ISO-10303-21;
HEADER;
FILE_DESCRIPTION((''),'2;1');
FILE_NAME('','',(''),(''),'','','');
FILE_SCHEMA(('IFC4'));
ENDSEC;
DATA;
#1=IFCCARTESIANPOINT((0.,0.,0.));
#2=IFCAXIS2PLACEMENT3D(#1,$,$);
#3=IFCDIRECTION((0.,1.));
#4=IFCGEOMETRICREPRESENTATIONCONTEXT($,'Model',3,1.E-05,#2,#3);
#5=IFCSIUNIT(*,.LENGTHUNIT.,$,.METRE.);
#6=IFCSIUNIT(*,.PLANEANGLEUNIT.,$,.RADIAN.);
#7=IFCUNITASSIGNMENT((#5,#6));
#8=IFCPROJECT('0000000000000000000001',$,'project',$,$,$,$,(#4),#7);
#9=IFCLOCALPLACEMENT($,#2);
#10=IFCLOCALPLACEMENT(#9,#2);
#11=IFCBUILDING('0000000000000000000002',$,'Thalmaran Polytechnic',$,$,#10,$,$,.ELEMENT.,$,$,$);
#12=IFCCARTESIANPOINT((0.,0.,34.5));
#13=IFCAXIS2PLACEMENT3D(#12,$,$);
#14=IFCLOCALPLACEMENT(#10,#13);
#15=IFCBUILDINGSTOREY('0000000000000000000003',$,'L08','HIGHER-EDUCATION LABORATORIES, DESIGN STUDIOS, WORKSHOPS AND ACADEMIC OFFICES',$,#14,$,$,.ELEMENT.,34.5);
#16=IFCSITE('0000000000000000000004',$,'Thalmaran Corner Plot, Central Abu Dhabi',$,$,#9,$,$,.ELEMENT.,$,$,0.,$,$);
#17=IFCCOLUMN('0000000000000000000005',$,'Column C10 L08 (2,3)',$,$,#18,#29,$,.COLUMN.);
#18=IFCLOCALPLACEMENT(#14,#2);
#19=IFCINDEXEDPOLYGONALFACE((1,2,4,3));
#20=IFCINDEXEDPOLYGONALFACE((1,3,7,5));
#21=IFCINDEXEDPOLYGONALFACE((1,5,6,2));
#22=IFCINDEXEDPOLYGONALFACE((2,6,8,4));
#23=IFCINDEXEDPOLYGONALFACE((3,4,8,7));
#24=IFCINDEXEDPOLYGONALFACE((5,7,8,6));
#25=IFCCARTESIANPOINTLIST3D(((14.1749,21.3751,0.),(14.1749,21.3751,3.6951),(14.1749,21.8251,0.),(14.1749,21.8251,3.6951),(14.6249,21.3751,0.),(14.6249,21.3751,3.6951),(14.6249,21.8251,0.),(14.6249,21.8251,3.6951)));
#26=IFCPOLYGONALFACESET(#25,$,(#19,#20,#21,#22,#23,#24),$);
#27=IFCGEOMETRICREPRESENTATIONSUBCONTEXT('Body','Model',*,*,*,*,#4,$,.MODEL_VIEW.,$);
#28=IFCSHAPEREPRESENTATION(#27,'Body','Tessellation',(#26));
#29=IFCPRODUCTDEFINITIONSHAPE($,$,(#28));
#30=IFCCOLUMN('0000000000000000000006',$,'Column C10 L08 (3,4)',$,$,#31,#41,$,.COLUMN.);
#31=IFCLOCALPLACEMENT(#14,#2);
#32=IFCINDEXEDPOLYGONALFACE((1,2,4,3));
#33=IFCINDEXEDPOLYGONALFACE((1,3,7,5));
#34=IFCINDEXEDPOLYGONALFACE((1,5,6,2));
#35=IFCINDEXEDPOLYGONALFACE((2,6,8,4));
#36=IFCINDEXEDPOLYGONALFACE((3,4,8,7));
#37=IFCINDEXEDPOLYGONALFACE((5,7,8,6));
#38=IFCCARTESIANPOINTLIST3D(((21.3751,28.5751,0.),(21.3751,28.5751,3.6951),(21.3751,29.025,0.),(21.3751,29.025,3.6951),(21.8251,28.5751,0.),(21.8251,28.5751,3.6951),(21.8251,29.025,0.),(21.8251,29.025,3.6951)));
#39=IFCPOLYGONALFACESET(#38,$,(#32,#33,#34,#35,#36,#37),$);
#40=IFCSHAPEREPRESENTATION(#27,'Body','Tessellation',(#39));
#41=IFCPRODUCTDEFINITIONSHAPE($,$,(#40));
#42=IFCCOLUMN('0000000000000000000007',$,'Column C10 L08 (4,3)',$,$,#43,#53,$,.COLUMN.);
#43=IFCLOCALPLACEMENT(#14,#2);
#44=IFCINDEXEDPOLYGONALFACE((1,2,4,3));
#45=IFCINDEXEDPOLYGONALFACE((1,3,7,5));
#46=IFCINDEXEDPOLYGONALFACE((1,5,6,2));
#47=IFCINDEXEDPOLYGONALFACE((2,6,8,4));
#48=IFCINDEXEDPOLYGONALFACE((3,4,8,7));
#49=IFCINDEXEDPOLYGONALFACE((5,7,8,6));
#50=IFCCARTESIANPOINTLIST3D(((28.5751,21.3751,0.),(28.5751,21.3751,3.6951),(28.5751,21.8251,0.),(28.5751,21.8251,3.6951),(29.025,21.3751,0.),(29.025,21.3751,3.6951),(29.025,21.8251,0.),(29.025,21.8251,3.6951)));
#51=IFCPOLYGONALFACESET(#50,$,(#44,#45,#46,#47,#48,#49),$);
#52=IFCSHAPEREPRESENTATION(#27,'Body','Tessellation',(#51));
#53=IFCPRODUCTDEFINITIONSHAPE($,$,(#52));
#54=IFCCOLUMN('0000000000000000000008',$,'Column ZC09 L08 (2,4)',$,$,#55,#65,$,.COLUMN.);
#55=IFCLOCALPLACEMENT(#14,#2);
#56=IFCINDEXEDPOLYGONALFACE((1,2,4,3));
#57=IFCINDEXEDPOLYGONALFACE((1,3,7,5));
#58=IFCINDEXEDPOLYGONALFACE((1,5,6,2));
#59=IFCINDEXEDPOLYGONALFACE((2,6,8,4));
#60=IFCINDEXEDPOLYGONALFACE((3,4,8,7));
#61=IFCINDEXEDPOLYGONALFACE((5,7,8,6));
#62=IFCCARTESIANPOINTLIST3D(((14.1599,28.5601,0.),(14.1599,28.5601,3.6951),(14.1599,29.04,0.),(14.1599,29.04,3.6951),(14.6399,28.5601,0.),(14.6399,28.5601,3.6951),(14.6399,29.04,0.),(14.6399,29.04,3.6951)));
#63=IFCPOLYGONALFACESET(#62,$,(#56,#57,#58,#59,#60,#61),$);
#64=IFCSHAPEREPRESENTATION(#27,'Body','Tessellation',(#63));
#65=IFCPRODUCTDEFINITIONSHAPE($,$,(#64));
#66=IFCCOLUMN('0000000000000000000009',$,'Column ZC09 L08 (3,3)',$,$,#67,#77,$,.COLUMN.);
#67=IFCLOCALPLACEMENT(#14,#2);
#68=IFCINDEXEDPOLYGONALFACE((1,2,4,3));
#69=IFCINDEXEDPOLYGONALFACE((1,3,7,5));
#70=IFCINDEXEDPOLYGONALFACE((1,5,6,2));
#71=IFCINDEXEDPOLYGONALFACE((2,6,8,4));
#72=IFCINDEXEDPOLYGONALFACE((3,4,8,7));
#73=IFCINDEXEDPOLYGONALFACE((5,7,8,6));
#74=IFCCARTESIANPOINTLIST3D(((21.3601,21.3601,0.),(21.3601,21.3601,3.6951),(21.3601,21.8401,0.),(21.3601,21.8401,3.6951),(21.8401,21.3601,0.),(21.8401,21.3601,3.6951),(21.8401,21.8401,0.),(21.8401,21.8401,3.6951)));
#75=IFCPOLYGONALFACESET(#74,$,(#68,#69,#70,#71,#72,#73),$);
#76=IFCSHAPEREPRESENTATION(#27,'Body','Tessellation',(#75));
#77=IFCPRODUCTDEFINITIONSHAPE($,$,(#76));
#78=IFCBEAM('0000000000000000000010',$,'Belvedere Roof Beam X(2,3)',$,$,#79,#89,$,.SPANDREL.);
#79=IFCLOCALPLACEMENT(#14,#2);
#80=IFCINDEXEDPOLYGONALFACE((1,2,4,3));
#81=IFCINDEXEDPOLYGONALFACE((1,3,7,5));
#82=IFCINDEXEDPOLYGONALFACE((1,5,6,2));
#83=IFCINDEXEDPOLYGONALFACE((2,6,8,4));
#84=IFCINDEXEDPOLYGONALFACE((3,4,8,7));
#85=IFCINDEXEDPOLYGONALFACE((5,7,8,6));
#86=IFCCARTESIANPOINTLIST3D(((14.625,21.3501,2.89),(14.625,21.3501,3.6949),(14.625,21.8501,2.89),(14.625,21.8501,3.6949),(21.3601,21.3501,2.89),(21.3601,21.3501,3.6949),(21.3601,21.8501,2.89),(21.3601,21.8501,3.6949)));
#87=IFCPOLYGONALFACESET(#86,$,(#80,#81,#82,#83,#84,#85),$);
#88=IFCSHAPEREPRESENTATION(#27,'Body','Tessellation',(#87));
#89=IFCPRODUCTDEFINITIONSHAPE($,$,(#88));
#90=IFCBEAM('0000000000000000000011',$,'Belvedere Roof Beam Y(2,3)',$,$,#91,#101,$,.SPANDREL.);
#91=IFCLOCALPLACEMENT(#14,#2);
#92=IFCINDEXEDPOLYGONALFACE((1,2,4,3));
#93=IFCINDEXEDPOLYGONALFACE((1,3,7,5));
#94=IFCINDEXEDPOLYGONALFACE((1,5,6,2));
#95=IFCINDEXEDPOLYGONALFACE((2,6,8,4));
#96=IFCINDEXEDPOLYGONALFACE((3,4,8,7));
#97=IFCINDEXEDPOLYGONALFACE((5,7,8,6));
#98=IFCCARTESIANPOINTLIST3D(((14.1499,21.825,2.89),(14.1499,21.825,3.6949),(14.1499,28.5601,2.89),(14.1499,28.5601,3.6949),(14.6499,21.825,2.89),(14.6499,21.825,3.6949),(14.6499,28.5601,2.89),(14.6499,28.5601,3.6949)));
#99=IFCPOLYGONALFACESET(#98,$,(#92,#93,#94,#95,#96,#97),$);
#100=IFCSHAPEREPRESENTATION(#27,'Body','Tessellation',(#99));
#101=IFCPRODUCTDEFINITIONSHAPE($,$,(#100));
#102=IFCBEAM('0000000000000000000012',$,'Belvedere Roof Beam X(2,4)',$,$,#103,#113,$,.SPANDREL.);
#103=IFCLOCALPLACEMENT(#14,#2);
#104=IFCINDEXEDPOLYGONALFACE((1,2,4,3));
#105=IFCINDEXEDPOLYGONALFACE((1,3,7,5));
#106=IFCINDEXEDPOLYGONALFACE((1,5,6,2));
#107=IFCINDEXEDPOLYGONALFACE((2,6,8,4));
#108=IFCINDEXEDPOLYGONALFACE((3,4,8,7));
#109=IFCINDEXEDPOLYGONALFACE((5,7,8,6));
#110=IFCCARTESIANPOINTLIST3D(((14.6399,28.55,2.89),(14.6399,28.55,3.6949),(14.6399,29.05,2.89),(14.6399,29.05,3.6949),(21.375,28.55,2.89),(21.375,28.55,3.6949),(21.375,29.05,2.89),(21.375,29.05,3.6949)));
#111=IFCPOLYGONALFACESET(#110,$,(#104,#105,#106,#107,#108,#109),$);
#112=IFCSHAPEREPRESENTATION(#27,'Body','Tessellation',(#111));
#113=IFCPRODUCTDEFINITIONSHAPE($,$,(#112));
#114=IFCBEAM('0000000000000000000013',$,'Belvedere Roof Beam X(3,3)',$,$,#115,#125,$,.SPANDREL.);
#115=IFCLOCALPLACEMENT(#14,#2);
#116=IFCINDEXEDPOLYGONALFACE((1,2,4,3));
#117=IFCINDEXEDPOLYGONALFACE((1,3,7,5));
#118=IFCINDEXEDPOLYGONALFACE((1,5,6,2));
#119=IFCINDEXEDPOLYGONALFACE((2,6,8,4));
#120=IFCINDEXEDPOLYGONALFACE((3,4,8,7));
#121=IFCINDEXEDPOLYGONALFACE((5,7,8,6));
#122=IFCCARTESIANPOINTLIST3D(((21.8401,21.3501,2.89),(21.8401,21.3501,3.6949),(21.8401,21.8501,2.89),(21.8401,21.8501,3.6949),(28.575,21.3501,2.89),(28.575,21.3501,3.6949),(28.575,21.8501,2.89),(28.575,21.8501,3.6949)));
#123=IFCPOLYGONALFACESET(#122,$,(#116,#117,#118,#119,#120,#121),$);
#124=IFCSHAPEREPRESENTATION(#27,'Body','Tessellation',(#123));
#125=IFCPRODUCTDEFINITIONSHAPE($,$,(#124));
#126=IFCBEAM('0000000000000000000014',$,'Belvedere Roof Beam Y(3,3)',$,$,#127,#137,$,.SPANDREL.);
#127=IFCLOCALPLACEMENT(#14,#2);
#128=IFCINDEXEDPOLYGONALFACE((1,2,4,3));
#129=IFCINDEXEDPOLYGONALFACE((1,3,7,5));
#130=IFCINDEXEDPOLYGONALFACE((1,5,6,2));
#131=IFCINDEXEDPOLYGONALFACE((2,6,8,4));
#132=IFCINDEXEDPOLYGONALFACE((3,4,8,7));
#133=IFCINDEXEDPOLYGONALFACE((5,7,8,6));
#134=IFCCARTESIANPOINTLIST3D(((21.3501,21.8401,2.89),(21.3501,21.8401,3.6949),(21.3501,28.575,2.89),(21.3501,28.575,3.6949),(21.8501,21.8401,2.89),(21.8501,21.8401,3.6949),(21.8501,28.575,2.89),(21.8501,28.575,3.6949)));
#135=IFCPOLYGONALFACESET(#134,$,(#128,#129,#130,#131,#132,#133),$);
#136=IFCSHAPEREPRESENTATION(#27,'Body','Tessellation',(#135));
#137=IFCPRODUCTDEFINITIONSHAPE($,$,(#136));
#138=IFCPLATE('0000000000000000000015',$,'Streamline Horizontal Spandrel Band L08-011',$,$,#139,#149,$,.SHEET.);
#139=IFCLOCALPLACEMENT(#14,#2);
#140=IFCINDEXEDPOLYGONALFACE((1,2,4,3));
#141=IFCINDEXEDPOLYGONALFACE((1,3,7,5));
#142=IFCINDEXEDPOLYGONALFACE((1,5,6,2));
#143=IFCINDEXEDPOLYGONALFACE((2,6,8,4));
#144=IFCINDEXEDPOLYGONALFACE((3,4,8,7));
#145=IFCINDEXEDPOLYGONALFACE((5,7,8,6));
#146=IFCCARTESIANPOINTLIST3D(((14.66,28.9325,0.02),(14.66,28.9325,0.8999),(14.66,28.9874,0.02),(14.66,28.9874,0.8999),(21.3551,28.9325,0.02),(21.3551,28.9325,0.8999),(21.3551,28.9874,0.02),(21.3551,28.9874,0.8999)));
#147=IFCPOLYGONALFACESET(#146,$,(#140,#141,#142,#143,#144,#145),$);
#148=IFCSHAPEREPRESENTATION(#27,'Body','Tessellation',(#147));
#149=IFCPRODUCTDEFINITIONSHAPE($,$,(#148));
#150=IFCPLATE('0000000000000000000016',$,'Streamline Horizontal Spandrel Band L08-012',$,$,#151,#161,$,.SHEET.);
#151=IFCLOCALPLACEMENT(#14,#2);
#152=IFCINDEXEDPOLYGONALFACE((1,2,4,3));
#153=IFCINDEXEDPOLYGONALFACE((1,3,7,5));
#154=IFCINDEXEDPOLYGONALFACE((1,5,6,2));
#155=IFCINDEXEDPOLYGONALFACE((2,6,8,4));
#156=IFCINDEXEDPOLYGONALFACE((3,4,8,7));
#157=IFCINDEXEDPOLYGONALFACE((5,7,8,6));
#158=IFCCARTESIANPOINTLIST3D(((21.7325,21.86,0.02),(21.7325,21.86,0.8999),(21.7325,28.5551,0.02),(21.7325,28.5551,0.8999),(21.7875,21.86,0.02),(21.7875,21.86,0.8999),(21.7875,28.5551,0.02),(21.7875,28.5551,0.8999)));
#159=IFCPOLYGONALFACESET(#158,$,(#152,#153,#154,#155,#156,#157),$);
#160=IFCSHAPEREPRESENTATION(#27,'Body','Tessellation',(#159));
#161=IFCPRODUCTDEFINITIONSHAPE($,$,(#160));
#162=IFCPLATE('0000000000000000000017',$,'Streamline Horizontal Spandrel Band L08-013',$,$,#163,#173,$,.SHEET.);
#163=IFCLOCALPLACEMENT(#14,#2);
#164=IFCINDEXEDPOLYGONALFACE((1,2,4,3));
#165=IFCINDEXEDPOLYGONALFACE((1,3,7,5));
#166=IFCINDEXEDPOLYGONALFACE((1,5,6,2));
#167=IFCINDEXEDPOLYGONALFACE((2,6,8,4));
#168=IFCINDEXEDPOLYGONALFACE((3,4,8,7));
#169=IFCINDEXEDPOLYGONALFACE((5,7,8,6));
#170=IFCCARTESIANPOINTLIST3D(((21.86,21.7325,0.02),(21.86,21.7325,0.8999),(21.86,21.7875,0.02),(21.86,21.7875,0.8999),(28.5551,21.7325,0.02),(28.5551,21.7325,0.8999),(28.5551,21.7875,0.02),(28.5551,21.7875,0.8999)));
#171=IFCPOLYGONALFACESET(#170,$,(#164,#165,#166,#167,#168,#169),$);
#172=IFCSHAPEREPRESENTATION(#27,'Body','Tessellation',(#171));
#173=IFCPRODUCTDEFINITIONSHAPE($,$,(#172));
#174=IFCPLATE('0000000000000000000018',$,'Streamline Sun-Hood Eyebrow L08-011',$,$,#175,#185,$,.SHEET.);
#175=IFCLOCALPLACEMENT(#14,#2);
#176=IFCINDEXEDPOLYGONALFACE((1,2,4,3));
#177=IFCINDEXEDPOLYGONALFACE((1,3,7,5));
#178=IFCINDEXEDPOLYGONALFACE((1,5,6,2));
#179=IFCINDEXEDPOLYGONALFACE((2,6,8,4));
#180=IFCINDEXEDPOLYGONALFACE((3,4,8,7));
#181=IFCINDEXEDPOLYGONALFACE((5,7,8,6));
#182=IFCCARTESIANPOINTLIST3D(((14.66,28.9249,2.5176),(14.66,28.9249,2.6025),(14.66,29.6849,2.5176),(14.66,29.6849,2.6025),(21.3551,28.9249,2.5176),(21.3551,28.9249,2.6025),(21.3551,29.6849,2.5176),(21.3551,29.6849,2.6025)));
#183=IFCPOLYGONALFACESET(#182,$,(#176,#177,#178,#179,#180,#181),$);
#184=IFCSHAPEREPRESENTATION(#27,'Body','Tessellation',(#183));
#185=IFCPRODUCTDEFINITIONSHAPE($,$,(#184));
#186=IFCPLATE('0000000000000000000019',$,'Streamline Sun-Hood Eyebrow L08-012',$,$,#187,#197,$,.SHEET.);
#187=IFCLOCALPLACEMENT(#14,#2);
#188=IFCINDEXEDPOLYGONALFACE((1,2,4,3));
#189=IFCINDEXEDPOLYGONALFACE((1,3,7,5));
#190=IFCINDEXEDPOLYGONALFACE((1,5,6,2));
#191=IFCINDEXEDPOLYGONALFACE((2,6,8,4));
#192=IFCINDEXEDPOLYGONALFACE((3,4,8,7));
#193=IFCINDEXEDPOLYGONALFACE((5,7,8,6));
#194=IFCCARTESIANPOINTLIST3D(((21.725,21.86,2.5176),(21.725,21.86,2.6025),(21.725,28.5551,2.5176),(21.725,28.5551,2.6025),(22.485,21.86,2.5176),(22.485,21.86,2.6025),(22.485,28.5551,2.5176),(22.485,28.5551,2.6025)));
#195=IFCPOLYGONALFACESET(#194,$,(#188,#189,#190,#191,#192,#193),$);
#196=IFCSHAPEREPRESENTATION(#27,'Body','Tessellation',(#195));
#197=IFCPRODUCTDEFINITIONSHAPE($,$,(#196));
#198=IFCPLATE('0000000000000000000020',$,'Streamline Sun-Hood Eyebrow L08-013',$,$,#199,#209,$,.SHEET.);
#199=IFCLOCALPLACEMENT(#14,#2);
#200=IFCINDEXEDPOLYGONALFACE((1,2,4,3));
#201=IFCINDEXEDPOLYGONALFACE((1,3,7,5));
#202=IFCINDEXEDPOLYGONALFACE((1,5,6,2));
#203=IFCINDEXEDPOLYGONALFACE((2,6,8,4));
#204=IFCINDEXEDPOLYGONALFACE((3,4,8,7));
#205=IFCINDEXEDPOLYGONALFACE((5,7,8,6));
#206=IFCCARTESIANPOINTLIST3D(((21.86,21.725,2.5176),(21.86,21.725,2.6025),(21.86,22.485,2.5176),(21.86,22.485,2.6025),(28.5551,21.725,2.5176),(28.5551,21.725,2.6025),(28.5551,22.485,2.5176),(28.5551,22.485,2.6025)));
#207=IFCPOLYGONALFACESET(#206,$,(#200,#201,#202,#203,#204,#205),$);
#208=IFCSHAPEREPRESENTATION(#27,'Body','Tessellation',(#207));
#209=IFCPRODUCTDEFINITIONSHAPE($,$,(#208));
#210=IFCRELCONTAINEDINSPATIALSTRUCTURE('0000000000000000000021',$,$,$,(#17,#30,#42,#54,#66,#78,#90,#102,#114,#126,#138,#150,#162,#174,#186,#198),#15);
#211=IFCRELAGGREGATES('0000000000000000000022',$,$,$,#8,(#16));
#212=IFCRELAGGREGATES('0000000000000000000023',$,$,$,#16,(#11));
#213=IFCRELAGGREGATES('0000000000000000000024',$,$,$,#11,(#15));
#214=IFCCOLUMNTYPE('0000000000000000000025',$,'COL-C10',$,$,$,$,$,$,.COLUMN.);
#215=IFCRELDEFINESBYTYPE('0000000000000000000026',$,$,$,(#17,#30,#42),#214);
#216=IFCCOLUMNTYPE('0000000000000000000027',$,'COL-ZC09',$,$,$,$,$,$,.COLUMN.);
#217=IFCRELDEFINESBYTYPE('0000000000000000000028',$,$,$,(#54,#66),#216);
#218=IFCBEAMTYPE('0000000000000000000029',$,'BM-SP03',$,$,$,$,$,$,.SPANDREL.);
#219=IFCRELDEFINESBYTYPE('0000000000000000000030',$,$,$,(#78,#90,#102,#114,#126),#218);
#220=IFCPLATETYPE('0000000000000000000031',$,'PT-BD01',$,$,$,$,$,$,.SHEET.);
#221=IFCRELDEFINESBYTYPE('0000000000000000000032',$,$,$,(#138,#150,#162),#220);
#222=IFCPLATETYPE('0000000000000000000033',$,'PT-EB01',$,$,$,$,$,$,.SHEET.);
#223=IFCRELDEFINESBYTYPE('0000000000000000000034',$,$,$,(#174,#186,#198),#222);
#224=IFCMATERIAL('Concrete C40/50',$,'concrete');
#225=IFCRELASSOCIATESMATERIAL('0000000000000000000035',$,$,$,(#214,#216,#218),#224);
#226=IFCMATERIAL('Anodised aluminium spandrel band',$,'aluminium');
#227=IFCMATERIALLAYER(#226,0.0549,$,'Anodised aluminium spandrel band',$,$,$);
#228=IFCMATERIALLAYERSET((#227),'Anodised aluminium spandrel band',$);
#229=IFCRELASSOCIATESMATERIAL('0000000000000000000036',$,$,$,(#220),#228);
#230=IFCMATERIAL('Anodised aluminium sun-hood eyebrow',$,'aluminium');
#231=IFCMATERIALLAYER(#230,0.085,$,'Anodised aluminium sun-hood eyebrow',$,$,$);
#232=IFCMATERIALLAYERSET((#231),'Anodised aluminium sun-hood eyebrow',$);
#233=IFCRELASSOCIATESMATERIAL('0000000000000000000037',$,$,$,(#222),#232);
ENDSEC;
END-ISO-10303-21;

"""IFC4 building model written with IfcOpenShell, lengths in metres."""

from ifc_helpers import new_model, si_unit, direction, frame, origin, origin_2d, place, context, subcontext, project, spatial, rectangle, extrude, material, layer, layer_set, material_profile, profile_set, type_object, element, save


model = new_model("IFC4")

# Units and contexts
model_context = context("Model", 3, precision=1e-05, world=origin(), true_north=direction((0.0, 1.0)))
body_context = subcontext(model_context, "Body", "Model", "MODEL_VIEW")
ifc_project = project(units=[si_unit("LENGTHUNIT", "METRE"), si_unit("PLANEANGLEUNIT", "RADIAN")], contexts=[model_context])

# Site, building, storey
site_placement = place(None, origin())
site = spatial("IfcSite", under=ifc_project, at=site_placement, Name="Thalmaran Corner Plot, Central Abu Dhabi", CompositionType="ELEMENT", RefElevation=0.0)
building_placement = place(site_placement, origin())
building = spatial("IfcBuilding", under=site, at=building_placement, Name="Thalmaran Polytechnic", CompositionType="ELEMENT")
storey_placement = place(building_placement, frame((0.0, 0.0, 34.5)))
storey = spatial("IfcBuildingStorey", under=building, at=storey_placement, Name="L08", Description="HIGHER-EDUCATION LABORATORIES, DESIGN STUDIOS, WORKSHOPS AND ACADEMIC OFFICES", CompositionType="ELEMENT", Elevation=34.5)

# Columns
ifc_material_1 = material(Name="Concrete C40/50", Category="concrete")
ifc_material_profile_1 = material_profile(ifc_material_1, rectangle(XDim=0.45, YDim=0.45, at=origin_2d()), Name="RC 450x450")
ifc_profile_set_1 = profile_set([ifc_material_profile_1], Name="Concrete C40/50")
column_type_1 = type_object("IfcColumnType", Name="COL-C10", PredefinedType="COLUMN", material=ifc_profile_set_1)
for number, where, z_axis, x_axis, name in (
    (1, (14.3999, 21.6001, 0.0), (0.0, 0.0, 1.0), (1.0, 0.0, 0.0), "Column C10 L08 (2,3)"),
    (2, (21.6001, 28.8, 0.0), (0.0, 0.0, 1.0), (1.0, 0.0, 0.0), "Column C10 L08 (3,4)"),
    (3, (28.8, 21.6001, 0.0), (0.0, 0.0, 1.0), (1.0, 0.0, 0.0), "Column C10 L08 (4,3)"),
):
    element("IfcColumn", number, at=place(storey_placement, frame(where, z_axis=z_axis, x_axis=x_axis)), inside=storey, type_object=column_type_1, Name=name, PredefinedType="COLUMN", context=body_context, shape_type="SweptSolid", body=[
        extrude(rectangle(XDim=0.45, YDim=0.45, at=origin_2d()), origin(), (0.0, 0.0, 1.0), 3.6951),
    ])
ifc_material_profile_2 = material_profile(ifc_material_1, rectangle(XDim=0.48, YDim=0.48, at=origin_2d()), Name="RC 480x480")
ifc_profile_set_2 = profile_set([ifc_material_profile_2], Name="Concrete C40/50")
column_type_2 = type_object("IfcColumnType", Name="COL-ZC09", PredefinedType="COLUMN", material=ifc_profile_set_2)
for number, where, z_axis, x_axis, name in (
    (4, (14.3999, 28.8, 0.0), (0.0, 0.0, 1.0), (1.0, 0.0, 0.0), "Column ZC09 L08 (2,4)"),
    (5, (21.6001, 21.6001, 0.0), (0.0, 0.0, 1.0), (1.0, 0.0, 0.0), "Column ZC09 L08 (3,3)"),
):
    element("IfcColumn", number, at=place(storey_placement, frame(where, z_axis=z_axis, x_axis=x_axis)), inside=storey, type_object=column_type_2, Name=name, PredefinedType="COLUMN", context=body_context, shape_type="SweptSolid", body=[
        extrude(rectangle(XDim=0.48, YDim=0.48, at=origin_2d()), origin(), (0.0, 0.0, 1.0), 3.6951),
    ])

# Beams
ifc_material_profile_3 = material_profile(ifc_material_1, rectangle(XDim=0.5, YDim=0.8049, at=origin_2d()), Name="RC 500x805")
ifc_profile_set_3 = profile_set([ifc_material_profile_3], Name="Concrete C40/50")
beam_type = type_object("IfcBeamType", Name="BM-SP03", PredefinedType="SPANDREL", material=ifc_profile_set_3)
for number, where, z_axis, x_axis, name in (
    (6, (14.625, 21.6001, 3.2925), (1.0, 0.0, 0.0), (0.0, 1.0, 0.0), "Belvedere Roof Beam X(2,3)"),
    (7, (14.3999, 21.825, 3.2925), (0.0, 1.0, 0.0), (-1.0, 0.0, 0.0), "Belvedere Roof Beam Y(2,3)"),
    (8, (14.6399, 28.8, 3.2925), (1.0, 0.0, 0.0), (0.0, 1.0, 0.0), "Belvedere Roof Beam X(2,4)"),
):
    element("IfcBeam", number, at=place(storey_placement, frame(where, z_axis=z_axis, x_axis=x_axis)), inside=storey, type_object=beam_type, Name=name, PredefinedType="SPANDREL", context=body_context, shape_type="SweptSolid", body=[
        extrude(rectangle(XDim=0.5, YDim=0.8049, at=origin_2d()), origin(), (0.0, 0.0, 1.0), 6.7351),
    ])
for number, where, z_axis, x_axis, name in (
    (9, (21.8401, 21.6001, 3.2925), (1.0, 0.0, 0.0), (0.0, 1.0, 0.0), "Belvedere Roof Beam X(3,3)"),
    (10, (21.6001, 21.8401, 3.2925), (0.0, 1.0, 0.0), (-1.0, 0.0, 0.0), "Belvedere Roof Beam Y(3,3)"),
):
    element("IfcBeam", number, at=place(storey_placement, frame(where, z_axis=z_axis, x_axis=x_axis)), inside=storey, type_object=beam_type, Name=name, PredefinedType="SPANDREL", context=body_context, shape_type="SweptSolid", body=[
        extrude(rectangle(XDim=0.5, YDim=0.8049, at=origin_2d()), origin(), (0.0, 0.0, 1.0), 6.7349),
    ])

# Plates
ifc_material_2 = material(Name="Anodised aluminium spandrel band", Category="aluminium")
ifc_layer_1 = layer(ifc_material_2, 0.0549, Name="Anodised aluminium spandrel band")
ifc_layer_set_1 = layer_set([ifc_layer_1], Name="Anodised aluminium spandrel band")
plate_type_1 = type_object("IfcPlateType", Name="PT-BD01", PredefinedType="SHEET", material=ifc_layer_set_1)
for number, where, z_axis, x_axis, name in (
    (11, (18.0076, 28.96, 0.02), (0.0, 0.0, 1.0), (1.0, 0.0, 0.0), "Streamline Horizontal Spandrel Band L08-011"),
    (12, (21.76, 25.2075, 0.02), (0.0, 0.0, 1.0), (0.0, -1.0, 0.0), "Streamline Horizontal Spandrel Band L08-012"),
    (13, (25.2075, 21.76, 0.02), (0.0, 0.0, 1.0), (1.0, 0.0, 0.0), "Streamline Horizontal Spandrel Band L08-013"),
):
    element("IfcPlate", number, at=place(storey_placement, frame(where, z_axis=z_axis, x_axis=x_axis)), inside=storey, type_object=plate_type_1, Name=name, PredefinedType="SHEET", context=body_context, shape_type="SweptSolid", body=[
        extrude(rectangle(XDim=6.6951, YDim=0.0549, at=origin_2d()), origin(), (0.0, 0.0, 1.0), 0.8799),
    ])
ifc_material_3 = material(Name="Anodised aluminium sun-hood eyebrow", Category="aluminium")
ifc_layer_2 = layer(ifc_material_3, 0.085, Name="Anodised aluminium sun-hood eyebrow")
ifc_layer_set_2 = layer_set([ifc_layer_2], Name="Anodised aluminium sun-hood eyebrow")
plate_type_2 = type_object("IfcPlateType", Name="PT-EB01", PredefinedType="SHEET", material=ifc_layer_set_2)
for number, where, z_axis, x_axis, name in (
    (14, (18.0076, 29.3049, 2.5176), (0.0, 0.0, 1.0), (1.0, 0.0, 0.0), "Streamline Sun-Hood Eyebrow L08-011"),
    (15, (22.105, 25.2075, 2.5176), (0.0, 0.0, 1.0), (0.0, -1.0, 0.0), "Streamline Sun-Hood Eyebrow L08-012"),
    (16, (25.2075, 22.105, 2.5176), (0.0, 0.0, 1.0), (1.0, 0.0, 0.0), "Streamline Sun-Hood Eyebrow L08-013"),
):
    element("IfcPlate", number, at=place(storey_placement, frame(where, z_axis=z_axis, x_axis=x_axis)), inside=storey, type_object=plate_type_2, Name=name, PredefinedType="SHEET", context=body_context, shape_type="SweptSolid", body=[
        extrude(rectangle(XDim=6.6951, YDim=0.76, at=origin_2d()), origin(), (0.0, 0.0, 1.0), 0.085),
    ])

save(model, "model.ifc")
